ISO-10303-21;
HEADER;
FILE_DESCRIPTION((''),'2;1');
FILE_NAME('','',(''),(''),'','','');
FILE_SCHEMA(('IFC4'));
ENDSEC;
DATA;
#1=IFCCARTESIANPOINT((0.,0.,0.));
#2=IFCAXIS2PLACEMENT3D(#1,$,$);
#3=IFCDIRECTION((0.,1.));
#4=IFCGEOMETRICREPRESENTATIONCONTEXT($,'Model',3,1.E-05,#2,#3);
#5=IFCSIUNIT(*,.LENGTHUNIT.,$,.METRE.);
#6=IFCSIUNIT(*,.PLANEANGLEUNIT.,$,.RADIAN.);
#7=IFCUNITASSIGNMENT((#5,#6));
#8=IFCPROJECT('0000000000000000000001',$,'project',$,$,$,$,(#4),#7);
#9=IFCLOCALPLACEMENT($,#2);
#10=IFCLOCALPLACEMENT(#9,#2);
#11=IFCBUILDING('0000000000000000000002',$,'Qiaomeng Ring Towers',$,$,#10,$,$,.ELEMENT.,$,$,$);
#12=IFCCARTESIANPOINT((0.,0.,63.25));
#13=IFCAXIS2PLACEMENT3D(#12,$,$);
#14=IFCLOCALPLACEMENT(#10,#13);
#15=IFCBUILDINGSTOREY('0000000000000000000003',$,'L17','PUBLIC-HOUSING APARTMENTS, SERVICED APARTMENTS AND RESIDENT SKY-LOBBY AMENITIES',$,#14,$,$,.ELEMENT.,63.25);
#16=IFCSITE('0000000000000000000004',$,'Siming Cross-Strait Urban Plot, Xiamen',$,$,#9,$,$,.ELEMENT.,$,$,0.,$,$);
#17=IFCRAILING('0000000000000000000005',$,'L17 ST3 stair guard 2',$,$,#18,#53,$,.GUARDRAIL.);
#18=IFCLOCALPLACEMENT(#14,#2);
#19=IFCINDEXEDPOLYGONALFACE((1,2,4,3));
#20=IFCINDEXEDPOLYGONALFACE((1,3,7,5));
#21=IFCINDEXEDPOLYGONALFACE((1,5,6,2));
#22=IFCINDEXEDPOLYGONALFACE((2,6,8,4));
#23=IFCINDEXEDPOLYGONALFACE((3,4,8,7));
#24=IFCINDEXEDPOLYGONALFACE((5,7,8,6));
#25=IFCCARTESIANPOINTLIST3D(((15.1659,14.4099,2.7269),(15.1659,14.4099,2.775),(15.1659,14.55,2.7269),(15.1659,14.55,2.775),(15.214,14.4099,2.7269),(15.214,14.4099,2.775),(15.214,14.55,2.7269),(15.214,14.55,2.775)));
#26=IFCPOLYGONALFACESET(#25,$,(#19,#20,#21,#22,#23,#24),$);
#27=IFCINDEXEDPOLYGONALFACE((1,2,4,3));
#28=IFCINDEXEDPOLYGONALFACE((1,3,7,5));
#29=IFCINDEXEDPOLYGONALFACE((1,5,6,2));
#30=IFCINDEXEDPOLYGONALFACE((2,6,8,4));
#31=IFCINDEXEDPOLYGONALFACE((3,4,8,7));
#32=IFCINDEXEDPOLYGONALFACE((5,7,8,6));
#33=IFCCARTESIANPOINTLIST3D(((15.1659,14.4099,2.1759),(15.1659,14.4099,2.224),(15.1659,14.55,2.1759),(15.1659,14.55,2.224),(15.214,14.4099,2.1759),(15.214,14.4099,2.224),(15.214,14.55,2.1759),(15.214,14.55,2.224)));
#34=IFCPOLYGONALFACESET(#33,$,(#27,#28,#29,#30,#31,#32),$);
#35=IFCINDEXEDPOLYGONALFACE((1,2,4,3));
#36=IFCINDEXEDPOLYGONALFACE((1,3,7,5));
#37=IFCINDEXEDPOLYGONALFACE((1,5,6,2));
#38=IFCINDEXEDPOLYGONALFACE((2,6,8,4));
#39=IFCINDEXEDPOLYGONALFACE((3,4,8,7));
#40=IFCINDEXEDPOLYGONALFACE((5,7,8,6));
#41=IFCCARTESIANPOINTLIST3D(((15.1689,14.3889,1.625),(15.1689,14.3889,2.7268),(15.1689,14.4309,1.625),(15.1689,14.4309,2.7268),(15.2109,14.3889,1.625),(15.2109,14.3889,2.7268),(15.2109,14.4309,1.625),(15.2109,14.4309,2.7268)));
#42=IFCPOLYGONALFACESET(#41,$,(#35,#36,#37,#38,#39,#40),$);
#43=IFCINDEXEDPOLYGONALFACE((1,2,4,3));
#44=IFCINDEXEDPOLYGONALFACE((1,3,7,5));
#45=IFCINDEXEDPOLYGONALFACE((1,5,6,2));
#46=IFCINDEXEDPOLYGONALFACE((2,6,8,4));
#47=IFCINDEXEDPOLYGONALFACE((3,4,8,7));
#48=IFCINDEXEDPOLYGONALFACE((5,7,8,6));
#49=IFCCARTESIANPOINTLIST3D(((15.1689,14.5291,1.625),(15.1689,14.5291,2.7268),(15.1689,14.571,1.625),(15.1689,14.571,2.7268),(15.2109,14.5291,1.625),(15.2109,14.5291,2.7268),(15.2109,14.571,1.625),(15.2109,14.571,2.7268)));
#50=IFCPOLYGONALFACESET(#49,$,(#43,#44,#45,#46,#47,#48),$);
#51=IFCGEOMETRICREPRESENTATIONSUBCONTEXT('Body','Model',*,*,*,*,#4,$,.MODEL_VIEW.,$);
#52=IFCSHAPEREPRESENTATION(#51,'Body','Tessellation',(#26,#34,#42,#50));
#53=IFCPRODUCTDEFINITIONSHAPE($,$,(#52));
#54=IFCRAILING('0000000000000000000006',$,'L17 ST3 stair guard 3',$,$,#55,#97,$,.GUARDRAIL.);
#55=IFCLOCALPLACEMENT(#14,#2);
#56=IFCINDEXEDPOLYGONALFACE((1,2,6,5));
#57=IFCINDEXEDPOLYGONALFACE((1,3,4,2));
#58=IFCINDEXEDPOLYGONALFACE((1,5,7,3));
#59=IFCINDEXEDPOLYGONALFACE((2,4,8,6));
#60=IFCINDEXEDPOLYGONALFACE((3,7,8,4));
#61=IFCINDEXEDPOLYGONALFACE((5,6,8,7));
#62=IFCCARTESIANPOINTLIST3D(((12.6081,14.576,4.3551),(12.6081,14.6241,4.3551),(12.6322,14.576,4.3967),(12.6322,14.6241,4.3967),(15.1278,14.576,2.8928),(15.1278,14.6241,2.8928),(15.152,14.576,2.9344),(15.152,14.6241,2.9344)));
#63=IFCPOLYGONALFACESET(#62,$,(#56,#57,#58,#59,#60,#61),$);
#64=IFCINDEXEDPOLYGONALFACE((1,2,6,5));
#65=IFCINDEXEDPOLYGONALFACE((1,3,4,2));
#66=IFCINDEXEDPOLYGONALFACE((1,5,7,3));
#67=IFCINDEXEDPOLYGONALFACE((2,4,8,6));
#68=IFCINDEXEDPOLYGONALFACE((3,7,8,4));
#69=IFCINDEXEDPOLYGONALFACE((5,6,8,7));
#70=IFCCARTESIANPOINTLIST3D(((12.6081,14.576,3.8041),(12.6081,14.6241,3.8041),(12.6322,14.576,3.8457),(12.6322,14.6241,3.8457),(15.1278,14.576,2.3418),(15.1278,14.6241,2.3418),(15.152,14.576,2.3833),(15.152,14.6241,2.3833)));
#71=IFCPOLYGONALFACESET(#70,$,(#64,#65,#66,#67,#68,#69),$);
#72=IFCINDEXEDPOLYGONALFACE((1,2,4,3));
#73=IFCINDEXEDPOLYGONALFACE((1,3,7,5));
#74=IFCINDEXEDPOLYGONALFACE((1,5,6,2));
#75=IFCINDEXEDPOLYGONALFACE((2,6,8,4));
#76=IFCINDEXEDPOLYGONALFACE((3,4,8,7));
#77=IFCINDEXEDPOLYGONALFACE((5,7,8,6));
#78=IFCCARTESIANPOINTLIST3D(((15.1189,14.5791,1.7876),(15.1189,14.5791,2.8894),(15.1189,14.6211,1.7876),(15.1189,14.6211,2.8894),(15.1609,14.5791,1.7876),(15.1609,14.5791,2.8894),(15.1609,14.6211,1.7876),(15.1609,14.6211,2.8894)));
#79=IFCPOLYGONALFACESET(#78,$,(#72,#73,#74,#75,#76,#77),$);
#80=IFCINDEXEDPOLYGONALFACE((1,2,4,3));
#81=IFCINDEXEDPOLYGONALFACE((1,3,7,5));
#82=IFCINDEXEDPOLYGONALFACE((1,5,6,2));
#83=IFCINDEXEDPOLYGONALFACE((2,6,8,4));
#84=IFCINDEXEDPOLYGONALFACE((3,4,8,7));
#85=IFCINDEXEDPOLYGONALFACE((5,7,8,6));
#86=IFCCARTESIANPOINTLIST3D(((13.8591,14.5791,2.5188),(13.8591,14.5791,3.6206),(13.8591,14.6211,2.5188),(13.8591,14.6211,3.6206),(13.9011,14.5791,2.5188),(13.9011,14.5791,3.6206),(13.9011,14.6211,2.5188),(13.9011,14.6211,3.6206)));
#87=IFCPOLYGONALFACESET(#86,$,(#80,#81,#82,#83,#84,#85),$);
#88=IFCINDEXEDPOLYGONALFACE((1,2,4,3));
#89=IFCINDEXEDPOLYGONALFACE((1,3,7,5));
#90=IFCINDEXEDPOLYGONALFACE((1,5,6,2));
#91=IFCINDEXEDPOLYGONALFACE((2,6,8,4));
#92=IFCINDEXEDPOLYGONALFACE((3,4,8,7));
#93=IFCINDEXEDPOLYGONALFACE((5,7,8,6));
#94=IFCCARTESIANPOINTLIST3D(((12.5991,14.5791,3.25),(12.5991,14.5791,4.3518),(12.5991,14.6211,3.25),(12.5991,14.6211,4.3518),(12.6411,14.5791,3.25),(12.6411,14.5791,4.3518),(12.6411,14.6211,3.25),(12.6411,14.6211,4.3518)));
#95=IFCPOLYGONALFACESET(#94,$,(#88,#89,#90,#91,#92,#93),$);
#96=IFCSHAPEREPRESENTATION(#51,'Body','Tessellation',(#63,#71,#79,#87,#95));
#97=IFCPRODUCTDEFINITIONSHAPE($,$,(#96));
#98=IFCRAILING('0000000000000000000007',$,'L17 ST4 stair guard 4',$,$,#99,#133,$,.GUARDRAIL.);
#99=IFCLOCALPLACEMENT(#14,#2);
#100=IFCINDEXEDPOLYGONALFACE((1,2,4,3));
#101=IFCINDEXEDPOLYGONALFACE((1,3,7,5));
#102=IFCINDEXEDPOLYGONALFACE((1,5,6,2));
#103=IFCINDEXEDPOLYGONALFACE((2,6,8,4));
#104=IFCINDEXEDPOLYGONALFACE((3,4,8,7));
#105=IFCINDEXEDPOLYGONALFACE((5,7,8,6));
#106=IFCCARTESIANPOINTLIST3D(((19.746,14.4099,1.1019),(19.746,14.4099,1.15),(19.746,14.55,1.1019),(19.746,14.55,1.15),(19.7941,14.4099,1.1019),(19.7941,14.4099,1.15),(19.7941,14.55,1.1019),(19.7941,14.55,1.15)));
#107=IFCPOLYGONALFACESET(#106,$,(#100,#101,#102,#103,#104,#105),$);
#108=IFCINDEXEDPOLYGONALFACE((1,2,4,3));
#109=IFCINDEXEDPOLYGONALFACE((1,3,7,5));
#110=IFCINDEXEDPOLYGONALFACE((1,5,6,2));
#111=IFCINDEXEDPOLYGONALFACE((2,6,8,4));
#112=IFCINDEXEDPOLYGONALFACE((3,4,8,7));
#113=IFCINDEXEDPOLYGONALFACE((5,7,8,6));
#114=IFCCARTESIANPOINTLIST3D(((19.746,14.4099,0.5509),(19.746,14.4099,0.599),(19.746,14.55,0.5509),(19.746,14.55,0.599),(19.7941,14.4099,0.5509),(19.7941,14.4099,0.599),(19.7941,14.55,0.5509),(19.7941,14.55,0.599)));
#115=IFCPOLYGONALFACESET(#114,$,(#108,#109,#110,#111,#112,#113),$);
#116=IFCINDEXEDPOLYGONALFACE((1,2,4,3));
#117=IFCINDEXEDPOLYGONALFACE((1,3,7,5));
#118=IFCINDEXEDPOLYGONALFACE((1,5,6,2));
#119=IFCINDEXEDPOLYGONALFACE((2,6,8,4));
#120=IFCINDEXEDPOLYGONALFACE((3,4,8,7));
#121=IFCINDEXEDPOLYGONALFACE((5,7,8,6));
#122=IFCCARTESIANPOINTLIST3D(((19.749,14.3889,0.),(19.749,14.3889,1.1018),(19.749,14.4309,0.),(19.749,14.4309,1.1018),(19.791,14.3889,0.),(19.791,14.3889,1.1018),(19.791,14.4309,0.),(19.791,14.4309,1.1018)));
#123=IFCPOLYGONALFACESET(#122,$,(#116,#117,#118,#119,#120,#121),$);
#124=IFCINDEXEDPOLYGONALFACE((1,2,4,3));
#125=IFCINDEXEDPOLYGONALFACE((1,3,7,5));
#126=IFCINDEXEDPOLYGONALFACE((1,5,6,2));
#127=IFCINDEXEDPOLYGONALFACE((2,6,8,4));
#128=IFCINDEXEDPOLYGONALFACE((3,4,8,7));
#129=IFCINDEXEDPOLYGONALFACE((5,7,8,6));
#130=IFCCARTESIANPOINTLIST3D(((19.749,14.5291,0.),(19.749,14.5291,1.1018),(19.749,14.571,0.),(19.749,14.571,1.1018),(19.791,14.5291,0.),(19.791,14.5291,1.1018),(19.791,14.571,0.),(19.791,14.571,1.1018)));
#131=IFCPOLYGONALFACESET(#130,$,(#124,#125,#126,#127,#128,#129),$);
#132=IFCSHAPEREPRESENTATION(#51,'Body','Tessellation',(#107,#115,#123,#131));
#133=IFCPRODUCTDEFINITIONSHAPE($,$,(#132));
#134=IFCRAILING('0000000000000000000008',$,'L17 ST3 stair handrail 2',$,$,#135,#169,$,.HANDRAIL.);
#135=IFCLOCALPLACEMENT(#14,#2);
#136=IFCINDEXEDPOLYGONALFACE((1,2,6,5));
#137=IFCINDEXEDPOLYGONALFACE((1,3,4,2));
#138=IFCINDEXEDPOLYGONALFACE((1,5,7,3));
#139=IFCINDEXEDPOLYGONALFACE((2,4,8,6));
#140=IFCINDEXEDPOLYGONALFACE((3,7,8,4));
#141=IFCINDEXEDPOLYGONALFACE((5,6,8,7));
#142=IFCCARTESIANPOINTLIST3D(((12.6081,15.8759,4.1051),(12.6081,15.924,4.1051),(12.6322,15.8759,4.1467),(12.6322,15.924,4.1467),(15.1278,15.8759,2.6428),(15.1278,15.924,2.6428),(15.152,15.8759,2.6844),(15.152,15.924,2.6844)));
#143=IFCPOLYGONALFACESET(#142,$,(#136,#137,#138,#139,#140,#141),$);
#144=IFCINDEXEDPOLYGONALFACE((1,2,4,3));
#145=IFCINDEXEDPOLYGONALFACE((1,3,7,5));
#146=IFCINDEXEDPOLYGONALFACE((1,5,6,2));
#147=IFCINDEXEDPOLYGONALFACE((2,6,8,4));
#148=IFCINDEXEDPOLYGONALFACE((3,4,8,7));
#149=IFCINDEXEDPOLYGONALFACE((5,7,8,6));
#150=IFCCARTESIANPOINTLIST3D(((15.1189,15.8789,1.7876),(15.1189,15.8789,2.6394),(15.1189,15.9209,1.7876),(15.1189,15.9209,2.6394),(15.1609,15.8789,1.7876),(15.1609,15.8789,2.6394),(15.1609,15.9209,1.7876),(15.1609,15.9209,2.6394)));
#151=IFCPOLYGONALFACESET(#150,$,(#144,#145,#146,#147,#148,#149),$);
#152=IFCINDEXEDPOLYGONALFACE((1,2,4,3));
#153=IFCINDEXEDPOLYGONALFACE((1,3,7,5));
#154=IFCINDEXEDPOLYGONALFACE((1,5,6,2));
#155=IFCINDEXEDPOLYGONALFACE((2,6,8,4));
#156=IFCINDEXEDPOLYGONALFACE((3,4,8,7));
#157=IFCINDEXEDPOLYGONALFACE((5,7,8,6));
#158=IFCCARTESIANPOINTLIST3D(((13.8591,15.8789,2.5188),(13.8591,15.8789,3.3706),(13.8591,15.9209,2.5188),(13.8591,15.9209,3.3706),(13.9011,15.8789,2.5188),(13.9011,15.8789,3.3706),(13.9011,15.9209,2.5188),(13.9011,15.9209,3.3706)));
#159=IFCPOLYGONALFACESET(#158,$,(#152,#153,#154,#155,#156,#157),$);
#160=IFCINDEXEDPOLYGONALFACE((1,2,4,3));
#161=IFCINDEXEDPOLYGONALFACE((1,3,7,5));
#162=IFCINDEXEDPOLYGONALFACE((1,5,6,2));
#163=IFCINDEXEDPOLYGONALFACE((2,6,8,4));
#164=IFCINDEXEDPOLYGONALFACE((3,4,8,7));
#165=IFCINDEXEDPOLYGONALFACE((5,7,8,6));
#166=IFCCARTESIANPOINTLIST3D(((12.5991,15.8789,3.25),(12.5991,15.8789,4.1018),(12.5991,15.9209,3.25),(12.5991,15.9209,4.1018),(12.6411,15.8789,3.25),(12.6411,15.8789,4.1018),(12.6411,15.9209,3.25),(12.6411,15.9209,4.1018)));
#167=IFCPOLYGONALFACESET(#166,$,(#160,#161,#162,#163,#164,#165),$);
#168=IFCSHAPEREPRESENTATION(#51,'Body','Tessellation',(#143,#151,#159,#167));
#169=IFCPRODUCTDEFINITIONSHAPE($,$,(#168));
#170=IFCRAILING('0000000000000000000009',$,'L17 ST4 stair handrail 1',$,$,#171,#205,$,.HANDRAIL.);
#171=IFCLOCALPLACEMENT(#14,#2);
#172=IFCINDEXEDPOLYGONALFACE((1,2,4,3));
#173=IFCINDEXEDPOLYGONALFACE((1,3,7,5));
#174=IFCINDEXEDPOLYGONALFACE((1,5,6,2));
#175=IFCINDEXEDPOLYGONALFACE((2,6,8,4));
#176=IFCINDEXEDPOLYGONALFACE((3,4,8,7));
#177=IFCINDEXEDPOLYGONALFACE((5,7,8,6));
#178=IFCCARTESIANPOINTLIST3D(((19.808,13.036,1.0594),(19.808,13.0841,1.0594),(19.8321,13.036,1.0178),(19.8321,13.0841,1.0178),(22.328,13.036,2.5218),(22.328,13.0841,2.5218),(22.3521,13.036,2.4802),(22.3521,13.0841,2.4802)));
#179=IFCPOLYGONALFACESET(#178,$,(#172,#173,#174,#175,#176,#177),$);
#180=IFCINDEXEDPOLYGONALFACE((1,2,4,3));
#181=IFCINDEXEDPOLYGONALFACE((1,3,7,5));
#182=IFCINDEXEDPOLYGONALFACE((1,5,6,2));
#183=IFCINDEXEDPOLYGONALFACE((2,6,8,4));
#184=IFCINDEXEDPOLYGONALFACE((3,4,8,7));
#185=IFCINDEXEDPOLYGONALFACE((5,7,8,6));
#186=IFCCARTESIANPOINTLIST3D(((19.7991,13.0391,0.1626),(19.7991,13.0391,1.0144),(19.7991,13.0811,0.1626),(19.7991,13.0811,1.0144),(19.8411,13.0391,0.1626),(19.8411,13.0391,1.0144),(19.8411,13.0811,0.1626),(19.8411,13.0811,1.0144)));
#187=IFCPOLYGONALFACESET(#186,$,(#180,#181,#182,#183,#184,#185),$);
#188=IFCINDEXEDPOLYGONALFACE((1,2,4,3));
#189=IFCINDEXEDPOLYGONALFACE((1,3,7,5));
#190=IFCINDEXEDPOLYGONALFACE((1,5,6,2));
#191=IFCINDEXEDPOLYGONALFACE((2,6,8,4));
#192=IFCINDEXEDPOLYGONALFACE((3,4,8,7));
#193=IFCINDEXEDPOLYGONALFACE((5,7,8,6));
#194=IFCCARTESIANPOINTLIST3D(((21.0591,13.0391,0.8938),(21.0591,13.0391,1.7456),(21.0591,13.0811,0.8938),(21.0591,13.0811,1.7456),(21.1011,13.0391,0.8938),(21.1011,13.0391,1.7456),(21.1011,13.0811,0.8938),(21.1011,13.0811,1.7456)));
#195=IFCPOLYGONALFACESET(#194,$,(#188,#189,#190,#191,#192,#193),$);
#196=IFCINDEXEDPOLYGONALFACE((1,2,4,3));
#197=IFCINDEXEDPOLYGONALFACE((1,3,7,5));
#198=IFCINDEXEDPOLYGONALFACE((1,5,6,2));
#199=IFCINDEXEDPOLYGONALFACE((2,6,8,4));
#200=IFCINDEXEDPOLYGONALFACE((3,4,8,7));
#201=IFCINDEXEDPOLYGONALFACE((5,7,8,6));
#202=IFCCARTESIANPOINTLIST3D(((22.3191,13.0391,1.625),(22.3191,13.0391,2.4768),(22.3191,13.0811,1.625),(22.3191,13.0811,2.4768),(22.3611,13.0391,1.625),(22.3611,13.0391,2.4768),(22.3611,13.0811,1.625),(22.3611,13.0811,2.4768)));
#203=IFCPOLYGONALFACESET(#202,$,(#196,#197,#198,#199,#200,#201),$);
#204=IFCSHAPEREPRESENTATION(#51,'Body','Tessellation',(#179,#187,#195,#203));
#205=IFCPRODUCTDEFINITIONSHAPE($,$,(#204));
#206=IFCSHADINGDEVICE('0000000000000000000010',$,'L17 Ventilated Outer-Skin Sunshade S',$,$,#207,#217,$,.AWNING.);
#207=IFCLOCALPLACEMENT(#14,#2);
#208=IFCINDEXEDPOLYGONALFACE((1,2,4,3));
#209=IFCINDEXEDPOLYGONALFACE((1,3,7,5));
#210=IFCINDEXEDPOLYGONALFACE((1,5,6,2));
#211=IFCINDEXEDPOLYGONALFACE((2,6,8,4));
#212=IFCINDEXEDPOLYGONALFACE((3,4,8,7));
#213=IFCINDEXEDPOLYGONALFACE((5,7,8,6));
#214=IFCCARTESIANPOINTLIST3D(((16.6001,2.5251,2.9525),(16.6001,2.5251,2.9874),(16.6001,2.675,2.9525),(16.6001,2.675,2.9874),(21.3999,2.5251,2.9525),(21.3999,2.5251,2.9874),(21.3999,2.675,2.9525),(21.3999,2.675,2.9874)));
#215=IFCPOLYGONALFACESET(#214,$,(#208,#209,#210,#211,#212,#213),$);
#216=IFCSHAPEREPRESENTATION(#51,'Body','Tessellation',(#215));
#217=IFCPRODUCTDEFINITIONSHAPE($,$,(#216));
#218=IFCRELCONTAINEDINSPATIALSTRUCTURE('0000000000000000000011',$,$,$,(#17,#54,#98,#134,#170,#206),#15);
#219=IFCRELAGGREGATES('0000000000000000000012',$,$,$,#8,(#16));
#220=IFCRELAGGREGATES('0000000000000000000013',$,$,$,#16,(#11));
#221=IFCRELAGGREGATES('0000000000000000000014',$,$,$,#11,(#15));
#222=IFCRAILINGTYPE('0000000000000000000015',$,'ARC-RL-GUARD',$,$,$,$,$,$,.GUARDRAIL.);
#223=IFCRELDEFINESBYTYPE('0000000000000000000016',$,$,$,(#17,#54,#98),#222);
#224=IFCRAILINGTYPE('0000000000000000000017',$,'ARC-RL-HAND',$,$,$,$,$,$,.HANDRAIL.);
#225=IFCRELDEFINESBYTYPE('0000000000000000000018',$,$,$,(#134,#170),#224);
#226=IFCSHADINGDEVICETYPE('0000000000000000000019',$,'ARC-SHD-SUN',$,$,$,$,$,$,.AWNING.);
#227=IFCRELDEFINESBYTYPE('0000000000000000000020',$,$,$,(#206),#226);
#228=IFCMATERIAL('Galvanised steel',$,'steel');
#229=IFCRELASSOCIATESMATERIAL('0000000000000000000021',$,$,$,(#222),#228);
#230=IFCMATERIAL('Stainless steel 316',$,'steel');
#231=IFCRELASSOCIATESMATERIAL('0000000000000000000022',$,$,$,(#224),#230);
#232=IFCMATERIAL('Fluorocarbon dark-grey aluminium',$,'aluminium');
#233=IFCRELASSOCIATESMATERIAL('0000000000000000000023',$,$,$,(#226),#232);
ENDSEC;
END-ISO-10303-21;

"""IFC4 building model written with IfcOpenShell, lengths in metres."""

from ifc_helpers import new_model, si_unit, direction, frame, origin, origin_2d, place, context, subcontext, project, spatial, rectangle, extrude, source, transform, mapped, material, material_profile, profile_set, type_object, element, save


model = new_model("IFC4")

# Units and contexts
model_context = context("Model", 3, precision=1e-05, world=origin(), true_north=direction((0.0, 1.0)))
body_context = subcontext(model_context, "Body", "Model", "MODEL_VIEW")
ifc_project = project(units=[si_unit("LENGTHUNIT", "METRE"), si_unit("PLANEANGLEUNIT", "RADIAN")], contexts=[model_context])

# Site, building, storey
site_placement = place(None, origin())
site = spatial("IfcSite", under=ifc_project, at=site_placement, Name="Siming Cross-Strait Urban Plot, Xiamen", CompositionType="ELEMENT", RefElevation=0.0)
building_placement = place(site_placement, origin())
building = spatial("IfcBuilding", under=site, at=building_placement, Name="Qiaomeng Ring Towers", CompositionType="ELEMENT")
storey_placement = place(building_placement, frame((0.0, 0.0, 63.25)))
storey = spatial("IfcBuildingStorey", under=building, at=storey_placement, Name="L17", Description="PUBLIC-HOUSING APARTMENTS, SERVICED APARTMENTS AND RESIDENT SKY-LOBBY AMENITIES", CompositionType="ELEMENT", Elevation=63.25)

# Shared definitions
ifc_material_1 = material(Name="Fluorocarbon dark-grey aluminium", Category="aluminium")

# Shared definitions
ifc_material_2 = material(Name="Galvanised steel", Category="steel")

# Railings
railing_type_1 = type_object("IfcRailingType", Name="ARC-RL-GUARD", PredefinedType="GUARDRAIL", material=ifc_material_2)
railing_1_placement = place(storey_placement, frame((15.1899, 14.4099, 1.625)))
element("IfcRailing", 1, at=railing_1_placement, inside=storey, type_object=railing_type_1, Name="L17 ST3 stair guard 2", PredefinedType="GUARDRAIL", context=body_context, shape_type="SweptSolid", body=[
    extrude(rectangle(XDim=0.0481, YDim=0.0481, at=origin_2d()), frame((0.0, 0.0, 1.126), z_axis=(0.0, 1.0, 0.0), x_axis=(-1.0, 0.0, 0.0)), (0.0, 0.0, 1.0), 0.1401),
    extrude(rectangle(XDim=0.0481, YDim=0.0481, at=origin_2d()), frame((0.0, 0.0, 0.575), z_axis=(0.0, 1.0, 0.0), x_axis=(-1.0, 0.0, 0.0)), (0.0, 0.0, 1.0), 0.1401),
    extrude(rectangle(XDim=0.042, YDim=0.042, at=origin_2d()), origin(), (0.0, 0.0, 1.0), 1.1018),
    extrude(rectangle(XDim=0.042, YDim=0.042, at=origin_2d()), frame((0.0, 0.1401, 0.0)), (0.0, 0.0, 1.0), 1.1018),
])
railing_2_placement = place(storey_placement, frame((15.1399, 14.6001, 1.7876)))
element("IfcRailing", 2, at=railing_2_placement, inside=storey, type_object=railing_type_1, Name="L17 ST3 stair guard 3", PredefinedType="GUARDRAIL", context=body_context, shape_type="SweptSolid", body=[
    extrude(rectangle(XDim=0.0481, YDim=0.0481, at=origin_2d()), frame((0.0, 0.0, 1.126), z_axis=(-0.864892, 0.0, 0.501958), x_axis=(0.0, -1.0, 0.0)), (0.0, 0.0, 1.0), 2.9133),
    extrude(rectangle(XDim=0.0481, YDim=0.0481, at=origin_2d()), frame((0.0, 0.0, 0.575), z_axis=(-0.864892, 0.0, 0.501958), x_axis=(0.0, -1.0, 0.0)), (0.0, 0.0, 1.0), 2.9133),
    extrude(rectangle(XDim=0.042, YDim=0.042, at=origin_2d()), origin(), (0.0, 0.0, 1.0), 1.1018),
    extrude(rectangle(XDim=0.042, YDim=0.042, at=origin_2d()), frame((-1.2598, 0.0, 0.7312)), (0.0, 0.0, 1.0), 1.1018),
    extrude(rectangle(XDim=0.042, YDim=0.042, at=origin_2d()), frame((-2.5198, 0.0, 1.4624)), (0.0, 0.0, 1.0), 1.1018),
])
railing_3_placement = place(storey_placement, frame((19.77, 14.4099, 0.0)))
element("IfcRailing", 3, at=railing_3_placement, inside=storey, type_object=railing_type_1, Name="L17 ST4 stair guard 4", PredefinedType="GUARDRAIL", context=body_context, shape_type="SweptSolid", body=[
    extrude(rectangle(XDim=0.0481, YDim=0.0481, at=origin_2d()), frame((0.0, 0.0, 1.126), z_axis=(0.0, 1.0, 0.0), x_axis=(-1.0, 0.0, 0.0)), (0.0, 0.0, 1.0), 0.1401),
    extrude(rectangle(XDim=0.0481, YDim=0.0481, at=origin_2d()), frame((0.0, 0.0, 0.575), z_axis=(0.0, 1.0, 0.0), x_axis=(-1.0, 0.0, 0.0)), (0.0, 0.0, 1.0), 0.1401),
    extrude(rectangle(XDim=0.042, YDim=0.042, at=origin_2d()), origin(), (0.0, 0.0, 1.0), 1.1018),
    extrude(rectangle(XDim=0.042, YDim=0.042, at=origin_2d()), frame((0.0, 0.1401, 0.0)), (0.0, 0.0, 1.0), 1.1018),
])
ifc_material_3 = material(Name="Stainless steel 316", Category="steel")
railing_type_2 = type_object("IfcRailingType", Name="ARC-RL-HAND", PredefinedType="HANDRAIL", material=ifc_material_3)
railing_4_placement = place(storey_placement, frame((15.1399, 15.8999, 1.7876)))
element("IfcRailing", 4, at=railing_4_placement, inside=storey, type_object=railing_type_2, Name="L17 ST3 stair handrail 2", PredefinedType="HANDRAIL", context=body_context, shape_type="SweptSolid", body=[
    extrude(rectangle(XDim=0.0481, YDim=0.0481, at=origin_2d()), frame((0.0, 0.0, 0.876), z_axis=(-0.864892, 0.0, 0.501958), x_axis=(0.0, -1.0, 0.0)), (0.0, 0.0, 1.0), 2.9133),
    extrude(rectangle(XDim=0.042, YDim=0.042, at=origin_2d()), origin(), (0.0, 0.0, 1.0), 0.8518),
    extrude(rectangle(XDim=0.042, YDim=0.042, at=origin_2d()), frame((-1.2598, 0.0, 0.7312)), (0.0, 0.0, 1.0), 0.8518),
    extrude(rectangle(XDim=0.042, YDim=0.042, at=origin_2d()), frame((-2.5198, 0.0, 1.4624)), (0.0, 0.0, 1.0), 0.8518),
])
railing_5_placement = place(storey_placement, frame((19.8201, 13.0601, 0.1626)))
element("IfcRailing", 5, at=railing_5_placement, inside=storey, type_object=railing_type_2, Name="L17 ST4 stair handrail 1", PredefinedType="HANDRAIL", context=body_context, shape_type="SweptSolid", body=[
    extrude(rectangle(XDim=0.0481, YDim=0.0481, at=origin_2d()), frame((0.0, 0.0, 0.876), z_axis=(0.864913, 0.0, 0.501921), x_axis=(0.0, 1.0, 0.0)), (0.0, 0.0, 1.0), 2.9136),
    extrude(rectangle(XDim=0.042, YDim=0.042, at=origin_2d()), origin(), (0.0, 0.0, 1.0), 0.8518),
    extrude(rectangle(XDim=0.042, YDim=0.042, at=origin_2d()), frame((1.26, 0.0, 0.7312)), (0.0, 0.0, 1.0), 0.8518),
    extrude(rectangle(XDim=0.042, YDim=0.042, at=origin_2d()), frame((2.52, 0.0, 1.4624)), (0.0, 0.0, 1.0), 0.8518),
])

# Shading device
ifc_material_profile_1 = material_profile(ifc_material_1, rectangle(XDim=0.1499, YDim=0.0349, at=origin_2d()), Name="LV BLADE 150x35")
ifc_profile_set_1 = profile_set([ifc_material_profile_1], Name="Fluorocarbon dark-grey aluminium")
shading_device_type = type_object("IfcShadingDeviceType", Name="ARC-SHD-SUN", PredefinedType="AWNING", material=ifc_profile_set_1)
shared_shape_1 = source(origin(), body_context, "Body", "SweptSolid", [
    extrude(rectangle(XDim=0.1499, YDim=0.0349, at=origin_2d()), origin(), (0.0, 0.0, 1.0), 4.7998),
])
shading_device_placement = place(storey_placement, frame((16.6001, 2.6001, 2.97), z_axis=(1.0, 0.0, 0.0), x_axis=(0.0, 1.0, 0.0)))
element("IfcShadingDevice", 6, at=shading_device_placement, inside=storey, type_object=shading_device_type, Name="L17 Ventilated Outer-Skin Sunshade S", PredefinedType="AWNING", context=body_context, shape_type="MappedRepresentation", body=[
    mapped(shared_shape_1, transform((0.0, 0.0, 0.0), x_axis=(1.0, 0.0, 0.0), y_axis=(0.0, 1.0, 0.0), z_axis=(0.0, 0.0, 1.0), scale=1.0)),
])

save(model, "model.ifc")
